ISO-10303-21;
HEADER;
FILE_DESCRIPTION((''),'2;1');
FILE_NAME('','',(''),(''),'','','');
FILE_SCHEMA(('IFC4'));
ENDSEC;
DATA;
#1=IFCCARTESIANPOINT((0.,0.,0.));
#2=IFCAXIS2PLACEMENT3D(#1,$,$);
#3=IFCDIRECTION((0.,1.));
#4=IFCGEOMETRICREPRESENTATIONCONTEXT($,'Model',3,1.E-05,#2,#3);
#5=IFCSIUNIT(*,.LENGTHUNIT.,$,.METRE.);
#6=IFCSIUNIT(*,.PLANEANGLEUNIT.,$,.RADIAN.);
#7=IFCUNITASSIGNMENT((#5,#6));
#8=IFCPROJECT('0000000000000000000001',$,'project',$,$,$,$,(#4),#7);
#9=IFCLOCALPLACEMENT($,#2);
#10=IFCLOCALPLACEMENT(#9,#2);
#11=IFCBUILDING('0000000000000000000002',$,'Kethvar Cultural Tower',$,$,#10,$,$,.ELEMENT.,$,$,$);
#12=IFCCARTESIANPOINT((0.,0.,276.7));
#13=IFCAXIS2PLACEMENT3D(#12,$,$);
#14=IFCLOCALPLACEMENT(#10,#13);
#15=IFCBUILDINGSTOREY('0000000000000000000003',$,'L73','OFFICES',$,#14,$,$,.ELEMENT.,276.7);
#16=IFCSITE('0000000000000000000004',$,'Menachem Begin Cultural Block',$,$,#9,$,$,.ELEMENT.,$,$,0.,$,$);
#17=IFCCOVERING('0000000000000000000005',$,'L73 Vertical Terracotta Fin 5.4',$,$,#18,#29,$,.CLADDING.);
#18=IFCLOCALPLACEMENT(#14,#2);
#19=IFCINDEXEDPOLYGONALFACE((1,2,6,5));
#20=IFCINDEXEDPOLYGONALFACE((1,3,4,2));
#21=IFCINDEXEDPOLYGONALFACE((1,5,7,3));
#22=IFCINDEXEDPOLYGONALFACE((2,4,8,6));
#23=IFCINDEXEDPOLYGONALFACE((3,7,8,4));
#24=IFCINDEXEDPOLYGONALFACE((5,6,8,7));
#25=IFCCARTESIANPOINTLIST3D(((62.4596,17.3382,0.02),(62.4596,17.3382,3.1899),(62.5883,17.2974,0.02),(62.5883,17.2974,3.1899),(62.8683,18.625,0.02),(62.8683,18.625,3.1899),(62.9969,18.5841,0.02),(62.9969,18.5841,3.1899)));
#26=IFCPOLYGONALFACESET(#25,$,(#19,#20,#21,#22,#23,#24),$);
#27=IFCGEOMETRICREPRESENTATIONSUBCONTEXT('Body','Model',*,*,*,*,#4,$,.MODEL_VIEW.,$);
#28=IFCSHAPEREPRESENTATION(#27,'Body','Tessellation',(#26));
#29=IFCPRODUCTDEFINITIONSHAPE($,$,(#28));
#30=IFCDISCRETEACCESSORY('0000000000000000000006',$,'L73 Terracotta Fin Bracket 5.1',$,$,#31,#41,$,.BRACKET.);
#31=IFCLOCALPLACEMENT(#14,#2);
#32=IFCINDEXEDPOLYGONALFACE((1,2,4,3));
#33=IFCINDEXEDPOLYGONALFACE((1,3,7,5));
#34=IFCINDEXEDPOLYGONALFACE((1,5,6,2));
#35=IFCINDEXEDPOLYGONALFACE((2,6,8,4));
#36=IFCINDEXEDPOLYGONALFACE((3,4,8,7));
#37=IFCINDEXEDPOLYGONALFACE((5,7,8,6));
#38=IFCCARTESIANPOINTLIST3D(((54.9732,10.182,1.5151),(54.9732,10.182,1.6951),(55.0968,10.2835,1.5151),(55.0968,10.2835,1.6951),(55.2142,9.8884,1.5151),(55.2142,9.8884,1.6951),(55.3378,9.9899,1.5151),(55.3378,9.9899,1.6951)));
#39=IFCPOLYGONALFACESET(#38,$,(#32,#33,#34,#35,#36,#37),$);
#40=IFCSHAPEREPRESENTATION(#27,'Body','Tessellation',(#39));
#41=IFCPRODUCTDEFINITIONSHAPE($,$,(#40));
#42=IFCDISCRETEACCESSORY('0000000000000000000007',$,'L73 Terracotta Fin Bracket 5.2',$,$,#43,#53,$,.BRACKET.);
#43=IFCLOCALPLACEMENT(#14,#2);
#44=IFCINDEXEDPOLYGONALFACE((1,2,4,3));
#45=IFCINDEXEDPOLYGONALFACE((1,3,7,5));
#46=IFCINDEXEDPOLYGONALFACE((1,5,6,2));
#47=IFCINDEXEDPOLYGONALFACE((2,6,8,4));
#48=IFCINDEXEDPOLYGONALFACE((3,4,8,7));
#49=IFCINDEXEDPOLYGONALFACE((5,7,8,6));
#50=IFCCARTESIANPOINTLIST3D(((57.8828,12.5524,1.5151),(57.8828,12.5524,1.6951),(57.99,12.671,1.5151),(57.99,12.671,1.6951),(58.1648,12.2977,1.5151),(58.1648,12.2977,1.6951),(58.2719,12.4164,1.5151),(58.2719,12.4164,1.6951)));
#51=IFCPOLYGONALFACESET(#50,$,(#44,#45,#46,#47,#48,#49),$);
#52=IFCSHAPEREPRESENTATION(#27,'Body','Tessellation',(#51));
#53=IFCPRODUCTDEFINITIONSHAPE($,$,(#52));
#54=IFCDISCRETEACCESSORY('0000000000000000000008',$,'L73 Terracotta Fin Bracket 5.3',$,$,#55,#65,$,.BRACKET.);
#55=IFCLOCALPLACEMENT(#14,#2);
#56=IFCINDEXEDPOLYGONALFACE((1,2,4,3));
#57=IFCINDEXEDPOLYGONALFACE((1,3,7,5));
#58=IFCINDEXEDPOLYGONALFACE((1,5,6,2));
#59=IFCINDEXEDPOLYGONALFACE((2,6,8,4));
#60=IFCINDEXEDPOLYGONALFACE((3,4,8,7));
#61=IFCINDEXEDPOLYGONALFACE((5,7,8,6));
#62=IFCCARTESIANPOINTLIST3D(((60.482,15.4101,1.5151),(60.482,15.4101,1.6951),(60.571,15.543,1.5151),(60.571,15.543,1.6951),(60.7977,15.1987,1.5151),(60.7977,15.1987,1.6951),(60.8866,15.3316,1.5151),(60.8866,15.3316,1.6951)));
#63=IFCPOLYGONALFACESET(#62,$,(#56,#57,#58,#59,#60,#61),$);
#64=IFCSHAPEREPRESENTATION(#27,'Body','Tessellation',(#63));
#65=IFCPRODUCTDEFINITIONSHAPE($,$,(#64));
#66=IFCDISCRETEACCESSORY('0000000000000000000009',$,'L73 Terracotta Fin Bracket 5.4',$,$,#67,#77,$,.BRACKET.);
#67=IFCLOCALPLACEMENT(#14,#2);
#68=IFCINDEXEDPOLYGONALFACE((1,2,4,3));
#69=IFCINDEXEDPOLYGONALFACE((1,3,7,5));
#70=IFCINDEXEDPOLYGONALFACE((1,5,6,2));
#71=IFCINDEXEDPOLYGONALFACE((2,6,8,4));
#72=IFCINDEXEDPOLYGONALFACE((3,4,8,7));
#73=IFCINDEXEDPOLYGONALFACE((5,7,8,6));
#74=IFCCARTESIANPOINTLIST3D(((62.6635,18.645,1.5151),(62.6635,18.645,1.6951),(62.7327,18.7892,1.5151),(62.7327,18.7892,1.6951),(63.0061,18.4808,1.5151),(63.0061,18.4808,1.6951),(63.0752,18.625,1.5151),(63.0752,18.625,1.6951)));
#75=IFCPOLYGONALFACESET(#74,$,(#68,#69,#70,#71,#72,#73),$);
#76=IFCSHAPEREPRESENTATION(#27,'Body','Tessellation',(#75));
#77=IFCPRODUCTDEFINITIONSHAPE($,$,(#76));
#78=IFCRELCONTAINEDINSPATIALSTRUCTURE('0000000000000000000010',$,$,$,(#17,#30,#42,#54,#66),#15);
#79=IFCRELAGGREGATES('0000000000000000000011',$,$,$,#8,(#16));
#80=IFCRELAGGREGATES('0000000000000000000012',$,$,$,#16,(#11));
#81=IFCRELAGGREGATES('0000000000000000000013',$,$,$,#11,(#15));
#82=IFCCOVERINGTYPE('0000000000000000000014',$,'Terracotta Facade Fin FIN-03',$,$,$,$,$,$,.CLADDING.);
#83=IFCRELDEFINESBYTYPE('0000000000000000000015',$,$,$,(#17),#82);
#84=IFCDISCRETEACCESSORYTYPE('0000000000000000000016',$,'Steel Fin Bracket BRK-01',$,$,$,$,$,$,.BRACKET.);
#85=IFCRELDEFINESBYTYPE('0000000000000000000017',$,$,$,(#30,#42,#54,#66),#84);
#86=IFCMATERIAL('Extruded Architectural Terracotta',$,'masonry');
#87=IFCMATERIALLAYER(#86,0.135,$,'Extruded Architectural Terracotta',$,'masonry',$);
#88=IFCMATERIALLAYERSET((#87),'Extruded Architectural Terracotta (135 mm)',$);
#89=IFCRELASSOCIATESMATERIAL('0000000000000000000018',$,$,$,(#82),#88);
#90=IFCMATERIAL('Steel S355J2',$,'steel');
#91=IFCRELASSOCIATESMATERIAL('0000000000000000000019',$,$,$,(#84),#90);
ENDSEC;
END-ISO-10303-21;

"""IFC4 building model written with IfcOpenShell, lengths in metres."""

from ifc_helpers import new_model, si_unit, direction, frame, origin, origin_2d, place, context, subcontext, project, spatial, rectangle, extrude, source, transform, mapped, material, layer, layer_set, type_object, element, save


model = new_model("IFC4")

# Units and contexts
model_context = context("Model", 3, precision=1e-05, world=origin(), true_north=direction((0.0, 1.0)))
body_context = subcontext(model_context, "Body", "Model", "MODEL_VIEW")
ifc_project = project(units=[si_unit("LENGTHUNIT", "METRE"), si_unit("PLANEANGLEUNIT", "RADIAN")], contexts=[model_context])

# Site, building, storey
site_placement = place(None, origin())
site = spatial("IfcSite", under=ifc_project, at=site_placement, Name="Menachem Begin Cultural Block", CompositionType="ELEMENT", RefElevation=0.0)
building_placement = place(site_placement, origin())
building = spatial("IfcBuilding", under=site, at=building_placement, Name="Kethvar Cultural Tower", CompositionType="ELEMENT")
storey_placement = place(building_placement, frame((0.0, 0.0, 276.7)))
storey = spatial("IfcBuildingStorey", under=building, at=storey_placement, Name="L73", Description="OFFICES", CompositionType="ELEMENT", Elevation=276.7)

# Shared definitions
ifc_material_1 = material(Name="Steel S355J2", Category="steel")

# Covering
ifc_material_2 = material(Name="Extruded Architectural Terracotta", Category="masonry")
ifc_layer_1 = layer(ifc_material_2, 0.135, Name="Extruded Architectural Terracotta", Category="masonry")
ifc_layer_set_1 = layer_set([ifc_layer_1], Name="Extruded Architectural Terracotta (135 mm)")
covering_type = type_object("IfcCoveringType", Name="Terracotta Facade Fin FIN-03", PredefinedType="CLADDING", material=ifc_layer_set_1)
shared_shape_1 = source(origin(), body_context, "Body", "SweptSolid", [
    extrude(rectangle(XDim=1.3501, YDim=0.135, at=origin_2d()), origin(), (0.0, 0.0, 1.0), 3.1699),
])
for number, where, z_axis, x_axis, name in (
    (1, (62.7283, 17.9612, 0.02), (0.0, 0.0, 1.0), (-0.302703, -0.953085, 0.0), "L73 Vertical Terracotta Fin 5.4"),
):
    element("IfcCovering", number, at=place(storey_placement, frame(where, z_axis=z_axis, x_axis=x_axis)), inside=storey, type_object=covering_type, Name=name, PredefinedType="CLADDING", context=body_context, shape_type="MappedRepresentation", body=[
        mapped(shared_shape_1, transform((0.0, 0.0, 0.0), scale=1.0)),
    ])

# Discrete accessories
discrete_accessory_type = type_object("IfcDiscreteAccessoryType", Name="Steel Fin Bracket BRK-01", PredefinedType="BRACKET", material=ifc_material_1)
shared_shape_2 = source(origin(), body_context, "Body", "SweptSolid", [
    extrude(rectangle(XDim=0.3799, YDim=0.1599, at=origin_2d()), origin(), (0.0, 0.0, 1.0), 0.1799),
])
for number, where, z_axis, x_axis, name in (
    (2, (55.1555, 10.0859, 1.5151), (0.0, 0.0, 1.0), (0.634461, -0.772955, 0.0), "L73 Terracotta Fin Bracket 5.1"),
    (3, (58.0774, 12.4844, 1.5151), (0.0, 0.0, 1.0), (0.742093, -0.670297, 0.0), "L73 Terracotta Fin Bracket 5.2"),
    (4, (60.6843, 15.3708, 1.5151), (0.0, 0.0, 1.0), (0.830984, -0.556296, 0.0), "L73 Terracotta Fin Bracket 5.3"),
    (5, (62.8694, 18.635, 1.5151), (0.0, 0.0, 1.0), (0.901682, -0.432401, 0.0), "L73 Terracotta Fin Bracket 5.4"),
):
    element("IfcDiscreteAccessory", number, at=place(storey_placement, frame(where, z_axis=z_axis, x_axis=x_axis)), inside=storey, type_object=discrete_accessory_type, Name=name, PredefinedType="BRACKET", context=body_context, shape_type="MappedRepresentation", body=[
        mapped(shared_shape_2, transform((0.0, 0.0, 0.0), scale=1.0)),
    ])

save(model, "model.ifc")
